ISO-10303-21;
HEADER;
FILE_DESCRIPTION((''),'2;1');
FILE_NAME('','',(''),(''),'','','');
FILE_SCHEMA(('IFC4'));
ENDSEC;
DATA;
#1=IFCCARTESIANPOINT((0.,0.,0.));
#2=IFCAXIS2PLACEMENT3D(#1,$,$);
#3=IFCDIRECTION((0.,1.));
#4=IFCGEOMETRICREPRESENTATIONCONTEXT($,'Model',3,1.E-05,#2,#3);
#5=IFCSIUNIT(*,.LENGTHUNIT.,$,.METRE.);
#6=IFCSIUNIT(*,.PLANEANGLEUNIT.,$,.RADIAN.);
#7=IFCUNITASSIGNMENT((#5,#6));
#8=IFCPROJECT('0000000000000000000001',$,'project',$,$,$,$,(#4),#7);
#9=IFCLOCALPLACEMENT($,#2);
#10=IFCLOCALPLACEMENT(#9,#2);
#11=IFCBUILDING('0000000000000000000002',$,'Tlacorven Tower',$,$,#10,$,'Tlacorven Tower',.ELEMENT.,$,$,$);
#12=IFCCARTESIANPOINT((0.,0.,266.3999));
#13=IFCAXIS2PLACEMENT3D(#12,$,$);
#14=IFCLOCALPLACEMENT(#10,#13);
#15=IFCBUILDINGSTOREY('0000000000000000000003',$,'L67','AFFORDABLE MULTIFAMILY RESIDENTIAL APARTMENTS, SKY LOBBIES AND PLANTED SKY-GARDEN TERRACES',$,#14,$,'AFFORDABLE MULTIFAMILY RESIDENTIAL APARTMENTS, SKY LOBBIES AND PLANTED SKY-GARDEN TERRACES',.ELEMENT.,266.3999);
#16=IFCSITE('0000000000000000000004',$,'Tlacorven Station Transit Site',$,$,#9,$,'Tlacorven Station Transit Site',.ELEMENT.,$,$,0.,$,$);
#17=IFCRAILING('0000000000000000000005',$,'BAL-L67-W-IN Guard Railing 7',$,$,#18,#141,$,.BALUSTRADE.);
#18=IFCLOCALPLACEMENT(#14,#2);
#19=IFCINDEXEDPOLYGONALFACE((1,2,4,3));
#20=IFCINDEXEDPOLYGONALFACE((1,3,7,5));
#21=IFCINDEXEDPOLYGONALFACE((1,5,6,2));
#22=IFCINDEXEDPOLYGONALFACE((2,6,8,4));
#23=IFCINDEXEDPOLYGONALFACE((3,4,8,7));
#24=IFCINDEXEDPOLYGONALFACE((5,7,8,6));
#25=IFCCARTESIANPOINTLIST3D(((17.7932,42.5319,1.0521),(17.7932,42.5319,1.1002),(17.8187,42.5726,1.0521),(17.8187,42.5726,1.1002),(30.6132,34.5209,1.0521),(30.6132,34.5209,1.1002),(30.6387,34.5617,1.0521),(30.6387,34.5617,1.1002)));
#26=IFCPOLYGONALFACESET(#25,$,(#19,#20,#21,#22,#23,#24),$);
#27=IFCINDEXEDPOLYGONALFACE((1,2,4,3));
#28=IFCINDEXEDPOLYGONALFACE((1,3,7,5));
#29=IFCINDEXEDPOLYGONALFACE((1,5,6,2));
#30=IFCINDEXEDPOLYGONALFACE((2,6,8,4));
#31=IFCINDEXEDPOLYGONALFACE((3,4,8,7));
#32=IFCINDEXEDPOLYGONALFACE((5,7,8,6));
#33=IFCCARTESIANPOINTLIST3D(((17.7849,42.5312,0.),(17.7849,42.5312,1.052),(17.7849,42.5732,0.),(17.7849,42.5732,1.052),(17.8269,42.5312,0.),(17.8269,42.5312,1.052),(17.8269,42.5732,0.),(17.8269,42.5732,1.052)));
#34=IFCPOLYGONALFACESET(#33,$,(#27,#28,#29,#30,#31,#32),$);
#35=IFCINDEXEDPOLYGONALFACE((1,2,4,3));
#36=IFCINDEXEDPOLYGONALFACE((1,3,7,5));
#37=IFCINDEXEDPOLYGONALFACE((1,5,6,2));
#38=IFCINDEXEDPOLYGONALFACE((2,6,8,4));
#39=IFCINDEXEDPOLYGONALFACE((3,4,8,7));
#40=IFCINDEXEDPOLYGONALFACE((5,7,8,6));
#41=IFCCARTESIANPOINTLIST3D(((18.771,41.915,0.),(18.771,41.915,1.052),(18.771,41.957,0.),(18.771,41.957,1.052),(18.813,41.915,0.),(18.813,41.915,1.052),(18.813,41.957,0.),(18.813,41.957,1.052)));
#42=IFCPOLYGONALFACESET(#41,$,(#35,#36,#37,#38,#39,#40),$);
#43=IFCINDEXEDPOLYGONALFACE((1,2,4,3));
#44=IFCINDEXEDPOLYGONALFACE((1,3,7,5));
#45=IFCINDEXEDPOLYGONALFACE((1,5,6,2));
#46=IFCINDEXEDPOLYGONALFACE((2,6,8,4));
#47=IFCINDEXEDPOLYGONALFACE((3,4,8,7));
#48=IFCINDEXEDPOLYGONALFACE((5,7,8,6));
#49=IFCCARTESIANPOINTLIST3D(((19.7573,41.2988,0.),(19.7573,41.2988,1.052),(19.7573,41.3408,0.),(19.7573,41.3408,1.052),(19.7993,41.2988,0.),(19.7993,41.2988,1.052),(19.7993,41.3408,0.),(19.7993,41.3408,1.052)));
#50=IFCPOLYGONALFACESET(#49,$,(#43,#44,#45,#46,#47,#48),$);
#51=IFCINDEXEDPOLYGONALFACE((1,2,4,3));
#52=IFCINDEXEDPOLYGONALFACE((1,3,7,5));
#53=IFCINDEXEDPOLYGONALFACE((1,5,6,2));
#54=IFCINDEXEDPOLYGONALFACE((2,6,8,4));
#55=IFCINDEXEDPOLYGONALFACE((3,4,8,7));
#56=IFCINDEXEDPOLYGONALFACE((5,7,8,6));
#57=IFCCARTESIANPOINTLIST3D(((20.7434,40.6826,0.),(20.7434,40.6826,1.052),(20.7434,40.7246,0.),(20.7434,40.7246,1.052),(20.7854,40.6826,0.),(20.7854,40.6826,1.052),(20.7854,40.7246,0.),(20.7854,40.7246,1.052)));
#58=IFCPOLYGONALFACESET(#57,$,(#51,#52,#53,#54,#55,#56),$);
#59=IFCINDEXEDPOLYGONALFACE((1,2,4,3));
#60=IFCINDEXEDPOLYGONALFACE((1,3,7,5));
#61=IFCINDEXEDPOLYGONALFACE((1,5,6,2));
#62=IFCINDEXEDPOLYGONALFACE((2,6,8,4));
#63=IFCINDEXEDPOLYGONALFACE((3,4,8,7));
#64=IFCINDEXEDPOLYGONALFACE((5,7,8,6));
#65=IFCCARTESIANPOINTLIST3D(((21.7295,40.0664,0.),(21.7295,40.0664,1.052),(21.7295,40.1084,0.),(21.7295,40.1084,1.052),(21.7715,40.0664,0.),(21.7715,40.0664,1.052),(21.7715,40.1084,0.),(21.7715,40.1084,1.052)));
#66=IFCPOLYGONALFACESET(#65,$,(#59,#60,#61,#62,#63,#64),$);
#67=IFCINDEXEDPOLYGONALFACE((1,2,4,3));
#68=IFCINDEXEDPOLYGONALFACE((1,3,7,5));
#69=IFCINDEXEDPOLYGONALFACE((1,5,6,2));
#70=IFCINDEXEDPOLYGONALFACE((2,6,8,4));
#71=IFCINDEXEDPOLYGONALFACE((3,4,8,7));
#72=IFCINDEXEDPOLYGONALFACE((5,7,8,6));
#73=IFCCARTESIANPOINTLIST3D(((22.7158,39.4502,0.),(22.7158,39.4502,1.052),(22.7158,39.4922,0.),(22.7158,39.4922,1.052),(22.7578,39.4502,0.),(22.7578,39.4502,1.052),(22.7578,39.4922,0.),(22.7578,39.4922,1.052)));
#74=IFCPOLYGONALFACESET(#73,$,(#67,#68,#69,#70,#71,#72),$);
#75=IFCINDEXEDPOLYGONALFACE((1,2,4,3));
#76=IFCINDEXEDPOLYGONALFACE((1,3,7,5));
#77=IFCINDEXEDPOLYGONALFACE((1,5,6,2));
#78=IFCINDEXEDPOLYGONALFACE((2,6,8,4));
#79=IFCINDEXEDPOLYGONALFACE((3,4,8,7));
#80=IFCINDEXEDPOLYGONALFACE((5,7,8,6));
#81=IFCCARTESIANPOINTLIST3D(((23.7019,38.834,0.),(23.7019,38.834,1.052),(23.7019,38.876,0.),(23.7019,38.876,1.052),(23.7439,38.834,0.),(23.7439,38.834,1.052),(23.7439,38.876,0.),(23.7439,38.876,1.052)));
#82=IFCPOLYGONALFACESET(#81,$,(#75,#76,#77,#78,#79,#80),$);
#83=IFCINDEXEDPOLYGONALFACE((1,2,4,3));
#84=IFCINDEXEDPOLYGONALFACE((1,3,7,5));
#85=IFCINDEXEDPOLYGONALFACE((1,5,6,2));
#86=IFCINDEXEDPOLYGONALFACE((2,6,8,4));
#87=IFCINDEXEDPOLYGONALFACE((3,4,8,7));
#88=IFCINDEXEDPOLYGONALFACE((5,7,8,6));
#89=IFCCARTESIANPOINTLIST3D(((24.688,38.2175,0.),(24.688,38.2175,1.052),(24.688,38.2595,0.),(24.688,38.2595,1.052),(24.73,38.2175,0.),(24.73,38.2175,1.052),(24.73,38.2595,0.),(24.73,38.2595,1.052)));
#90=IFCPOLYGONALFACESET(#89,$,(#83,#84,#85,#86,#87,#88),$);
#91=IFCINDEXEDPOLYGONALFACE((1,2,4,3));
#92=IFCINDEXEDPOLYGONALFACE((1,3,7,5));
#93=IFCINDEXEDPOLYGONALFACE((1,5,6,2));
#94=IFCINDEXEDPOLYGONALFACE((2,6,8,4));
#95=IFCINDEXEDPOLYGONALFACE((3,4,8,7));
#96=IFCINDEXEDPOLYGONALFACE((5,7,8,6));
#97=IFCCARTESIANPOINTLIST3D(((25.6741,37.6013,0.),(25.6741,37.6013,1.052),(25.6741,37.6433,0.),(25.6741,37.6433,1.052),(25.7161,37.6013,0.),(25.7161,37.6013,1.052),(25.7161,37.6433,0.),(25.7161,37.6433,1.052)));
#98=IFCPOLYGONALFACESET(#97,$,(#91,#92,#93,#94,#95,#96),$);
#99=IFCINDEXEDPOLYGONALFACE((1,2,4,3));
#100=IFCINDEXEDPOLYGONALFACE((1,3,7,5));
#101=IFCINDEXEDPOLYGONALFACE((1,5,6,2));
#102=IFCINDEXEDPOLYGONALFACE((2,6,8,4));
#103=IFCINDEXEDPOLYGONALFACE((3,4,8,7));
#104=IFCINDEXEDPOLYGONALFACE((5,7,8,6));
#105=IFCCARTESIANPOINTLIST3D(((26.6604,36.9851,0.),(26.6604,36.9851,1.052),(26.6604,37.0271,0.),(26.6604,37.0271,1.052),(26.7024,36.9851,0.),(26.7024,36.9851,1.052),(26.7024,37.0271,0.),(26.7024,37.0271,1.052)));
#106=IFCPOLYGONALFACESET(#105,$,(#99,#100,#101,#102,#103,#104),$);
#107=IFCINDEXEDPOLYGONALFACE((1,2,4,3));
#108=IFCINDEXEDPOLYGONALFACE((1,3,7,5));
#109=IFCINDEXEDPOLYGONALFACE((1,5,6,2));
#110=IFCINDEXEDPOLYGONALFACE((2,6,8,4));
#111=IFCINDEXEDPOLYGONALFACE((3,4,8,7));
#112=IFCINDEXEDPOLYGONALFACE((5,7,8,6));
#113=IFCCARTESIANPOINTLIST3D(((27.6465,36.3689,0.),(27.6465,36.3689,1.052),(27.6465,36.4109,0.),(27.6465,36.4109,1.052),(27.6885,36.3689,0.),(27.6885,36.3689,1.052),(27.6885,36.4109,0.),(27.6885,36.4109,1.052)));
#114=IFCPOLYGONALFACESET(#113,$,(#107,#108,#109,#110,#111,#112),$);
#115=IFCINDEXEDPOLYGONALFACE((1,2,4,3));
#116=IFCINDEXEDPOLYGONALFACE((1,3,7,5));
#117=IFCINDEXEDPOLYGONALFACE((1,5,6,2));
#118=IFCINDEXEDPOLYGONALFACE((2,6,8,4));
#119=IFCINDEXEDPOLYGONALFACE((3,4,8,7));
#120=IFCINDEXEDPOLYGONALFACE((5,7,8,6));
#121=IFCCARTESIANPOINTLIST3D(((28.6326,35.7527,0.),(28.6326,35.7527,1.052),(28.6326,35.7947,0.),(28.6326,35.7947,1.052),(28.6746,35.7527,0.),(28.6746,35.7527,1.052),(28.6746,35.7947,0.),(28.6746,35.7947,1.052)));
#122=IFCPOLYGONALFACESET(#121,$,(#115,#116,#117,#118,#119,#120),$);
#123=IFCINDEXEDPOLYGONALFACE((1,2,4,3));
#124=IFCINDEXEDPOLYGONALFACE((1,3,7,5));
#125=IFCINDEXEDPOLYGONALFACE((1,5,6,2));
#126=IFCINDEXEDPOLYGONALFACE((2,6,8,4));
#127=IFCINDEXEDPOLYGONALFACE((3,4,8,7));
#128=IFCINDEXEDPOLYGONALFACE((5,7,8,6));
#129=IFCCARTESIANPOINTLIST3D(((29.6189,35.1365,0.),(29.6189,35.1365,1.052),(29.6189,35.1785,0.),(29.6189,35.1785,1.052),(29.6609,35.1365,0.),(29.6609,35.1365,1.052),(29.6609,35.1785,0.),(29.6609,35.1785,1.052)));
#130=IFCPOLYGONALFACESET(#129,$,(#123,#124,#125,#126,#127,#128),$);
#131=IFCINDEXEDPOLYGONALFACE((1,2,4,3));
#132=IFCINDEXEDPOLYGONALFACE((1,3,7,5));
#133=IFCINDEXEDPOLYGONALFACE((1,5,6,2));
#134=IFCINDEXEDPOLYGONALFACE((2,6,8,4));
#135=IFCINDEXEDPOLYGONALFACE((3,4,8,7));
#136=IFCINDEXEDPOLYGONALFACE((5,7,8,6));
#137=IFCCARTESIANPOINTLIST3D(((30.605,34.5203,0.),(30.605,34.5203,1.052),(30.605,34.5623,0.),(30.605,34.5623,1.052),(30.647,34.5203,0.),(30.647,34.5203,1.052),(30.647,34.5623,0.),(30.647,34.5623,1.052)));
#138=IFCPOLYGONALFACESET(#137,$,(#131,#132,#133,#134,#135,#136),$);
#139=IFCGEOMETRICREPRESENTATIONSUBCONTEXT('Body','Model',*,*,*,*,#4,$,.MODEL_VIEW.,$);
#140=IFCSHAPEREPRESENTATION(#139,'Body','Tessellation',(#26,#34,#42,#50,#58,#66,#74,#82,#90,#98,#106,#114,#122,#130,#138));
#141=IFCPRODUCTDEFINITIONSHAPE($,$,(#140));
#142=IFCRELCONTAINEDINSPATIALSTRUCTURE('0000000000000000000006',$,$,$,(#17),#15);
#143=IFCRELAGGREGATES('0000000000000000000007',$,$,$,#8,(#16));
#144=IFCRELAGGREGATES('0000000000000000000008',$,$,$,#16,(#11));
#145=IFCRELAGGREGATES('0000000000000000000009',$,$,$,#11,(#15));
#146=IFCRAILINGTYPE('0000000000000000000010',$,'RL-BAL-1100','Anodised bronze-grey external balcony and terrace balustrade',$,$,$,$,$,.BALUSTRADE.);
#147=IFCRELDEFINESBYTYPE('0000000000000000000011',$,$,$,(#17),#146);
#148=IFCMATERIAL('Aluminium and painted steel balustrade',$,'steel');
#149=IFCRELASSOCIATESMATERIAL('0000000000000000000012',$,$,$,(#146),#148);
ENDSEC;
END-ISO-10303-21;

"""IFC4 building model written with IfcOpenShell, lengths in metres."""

from ifc_helpers import new_model, si_unit, direction, frame, origin, origin_2d, place, context, subcontext, project, spatial, rectangle, extrude, source, transform, mapped, material, type_object, element, save


model = new_model("IFC4")

# Units and contexts
model_context = context("Model", 3, precision=1e-05, world=origin(), true_north=direction((0.0, 1.0)))
body_context = subcontext(model_context, "Body", "Model", "MODEL_VIEW")
ifc_project = project(units=[si_unit("LENGTHUNIT", "METRE"), si_unit("PLANEANGLEUNIT", "RADIAN")], contexts=[model_context])

# Site, building, storey
site_placement = place(None, origin())
site = spatial("IfcSite", under=ifc_project, at=site_placement, Name="Tlacorven Station Transit Site", LongName="Tlacorven Station Transit Site", CompositionType="ELEMENT", RefElevation=0.0)
building_placement = place(site_placement, origin())
building = spatial("IfcBuilding", under=site, at=building_placement, Name="Tlacorven Tower", LongName="Tlacorven Tower", CompositionType="ELEMENT")
storey_placement = place(building_placement, frame((0.0, 0.0, 266.3999)))
storey = spatial("IfcBuildingStorey", under=building, at=storey_placement, Name="L67", Description="AFFORDABLE MULTIFAMILY RESIDENTIAL APARTMENTS, SKY LOBBIES AND PLANTED SKY-GARDEN TERRACES", LongName="AFFORDABLE MULTIFAMILY RESIDENTIAL APARTMENTS, SKY LOBBIES AND PLANTED SKY-GARDEN TERRACES", CompositionType="ELEMENT", Elevation=266.3999)

# Railing
ifc_material_1 = material(Name="Aluminium and painted steel balustrade", Category="steel")
railing_type = type_object("IfcRailingType", Name="RL-BAL-1100", Description="Anodised bronze-grey external balcony and terrace balustrade", PredefinedType="BALUSTRADE", material=ifc_material_1)
shared_shape_1 = source(origin(), body_context, "Body", "SweptSolid", [
    extrude(rectangle(XDim=0.0481, YDim=0.0481, at=origin_2d()), frame((0.0, 0.0, 1.0762), z_axis=(0.848045, -0.529925, 0.0), x_axis=(0.529925, 0.848045, 0.0)), (0.0, 0.0, 1.0), 15.1172),
    extrude(rectangle(XDim=0.042, YDim=0.042, at=origin_2d()), origin(), (0.0, 0.0, 1.0), 1.052),
    extrude(rectangle(XDim=0.042, YDim=0.042, at=origin_2d()), frame((0.9861, -0.6162, 0.0)), (0.0, 0.0, 1.0), 1.052),
    extrude(rectangle(XDim=0.042, YDim=0.042, at=origin_2d()), frame((1.9724, -1.2324, 0.0)), (0.0, 0.0, 1.0), 1.052),
    extrude(rectangle(XDim=0.042, YDim=0.042, at=origin_2d()), frame((2.9585, -1.8486, 0.0)), (0.0, 0.0, 1.0), 1.052),
    extrude(rectangle(XDim=0.042, YDim=0.042, at=origin_2d()), frame((3.9446, -2.4648, 0.0)), (0.0, 0.0, 1.0), 1.052),
    extrude(rectangle(XDim=0.042, YDim=0.042, at=origin_2d()), frame((4.9309, -3.0811, 0.0)), (0.0, 0.0, 1.0), 1.052),
    extrude(rectangle(XDim=0.042, YDim=0.042, at=origin_2d()), frame((5.917, -3.6973, 0.0)), (0.0, 0.0, 1.0), 1.052),
    extrude(rectangle(XDim=0.042, YDim=0.042, at=origin_2d()), frame((6.9031, -4.3137, 0.0)), (0.0, 0.0, 1.0), 1.052),
    extrude(rectangle(XDim=0.042, YDim=0.042, at=origin_2d()), frame((7.8892, -4.9299, 0.0)), (0.0, 0.0, 1.0), 1.052),
    extrude(rectangle(XDim=0.042, YDim=0.042, at=origin_2d()), frame((8.8755, -5.5461, 0.0)), (0.0, 0.0, 1.0), 1.052),
    extrude(rectangle(XDim=0.042, YDim=0.042, at=origin_2d()), frame((9.8616, -6.1624, 0.0)), (0.0, 0.0, 1.0), 1.052),
    extrude(rectangle(XDim=0.042, YDim=0.042, at=origin_2d()), frame((10.8477, -6.7786, 0.0)), (0.0, 0.0, 1.0), 1.052),
    extrude(rectangle(XDim=0.042, YDim=0.042, at=origin_2d()), frame((11.834, -7.3948, 0.0)), (0.0, 0.0, 1.0), 1.052),
    extrude(rectangle(XDim=0.042, YDim=0.042, at=origin_2d()), frame((12.8201, -8.011, 0.0)), (0.0, 0.0, 1.0), 1.052),
])
railing_1_placement = place(storey_placement, frame((17.8059, 42.5522, 0.0)))
element("IfcRailing", 1, at=railing_1_placement, inside=storey, type_object=railing_type, Name="BAL-L67-W-IN Guard Railing 7", PredefinedType="BALUSTRADE", context=body_context, shape_type="MappedRepresentation", body=[
    mapped(shared_shape_1, transform((0.0, 0.0, 0.0), scale=1.0)),
])

save(model, "model.ifc")
